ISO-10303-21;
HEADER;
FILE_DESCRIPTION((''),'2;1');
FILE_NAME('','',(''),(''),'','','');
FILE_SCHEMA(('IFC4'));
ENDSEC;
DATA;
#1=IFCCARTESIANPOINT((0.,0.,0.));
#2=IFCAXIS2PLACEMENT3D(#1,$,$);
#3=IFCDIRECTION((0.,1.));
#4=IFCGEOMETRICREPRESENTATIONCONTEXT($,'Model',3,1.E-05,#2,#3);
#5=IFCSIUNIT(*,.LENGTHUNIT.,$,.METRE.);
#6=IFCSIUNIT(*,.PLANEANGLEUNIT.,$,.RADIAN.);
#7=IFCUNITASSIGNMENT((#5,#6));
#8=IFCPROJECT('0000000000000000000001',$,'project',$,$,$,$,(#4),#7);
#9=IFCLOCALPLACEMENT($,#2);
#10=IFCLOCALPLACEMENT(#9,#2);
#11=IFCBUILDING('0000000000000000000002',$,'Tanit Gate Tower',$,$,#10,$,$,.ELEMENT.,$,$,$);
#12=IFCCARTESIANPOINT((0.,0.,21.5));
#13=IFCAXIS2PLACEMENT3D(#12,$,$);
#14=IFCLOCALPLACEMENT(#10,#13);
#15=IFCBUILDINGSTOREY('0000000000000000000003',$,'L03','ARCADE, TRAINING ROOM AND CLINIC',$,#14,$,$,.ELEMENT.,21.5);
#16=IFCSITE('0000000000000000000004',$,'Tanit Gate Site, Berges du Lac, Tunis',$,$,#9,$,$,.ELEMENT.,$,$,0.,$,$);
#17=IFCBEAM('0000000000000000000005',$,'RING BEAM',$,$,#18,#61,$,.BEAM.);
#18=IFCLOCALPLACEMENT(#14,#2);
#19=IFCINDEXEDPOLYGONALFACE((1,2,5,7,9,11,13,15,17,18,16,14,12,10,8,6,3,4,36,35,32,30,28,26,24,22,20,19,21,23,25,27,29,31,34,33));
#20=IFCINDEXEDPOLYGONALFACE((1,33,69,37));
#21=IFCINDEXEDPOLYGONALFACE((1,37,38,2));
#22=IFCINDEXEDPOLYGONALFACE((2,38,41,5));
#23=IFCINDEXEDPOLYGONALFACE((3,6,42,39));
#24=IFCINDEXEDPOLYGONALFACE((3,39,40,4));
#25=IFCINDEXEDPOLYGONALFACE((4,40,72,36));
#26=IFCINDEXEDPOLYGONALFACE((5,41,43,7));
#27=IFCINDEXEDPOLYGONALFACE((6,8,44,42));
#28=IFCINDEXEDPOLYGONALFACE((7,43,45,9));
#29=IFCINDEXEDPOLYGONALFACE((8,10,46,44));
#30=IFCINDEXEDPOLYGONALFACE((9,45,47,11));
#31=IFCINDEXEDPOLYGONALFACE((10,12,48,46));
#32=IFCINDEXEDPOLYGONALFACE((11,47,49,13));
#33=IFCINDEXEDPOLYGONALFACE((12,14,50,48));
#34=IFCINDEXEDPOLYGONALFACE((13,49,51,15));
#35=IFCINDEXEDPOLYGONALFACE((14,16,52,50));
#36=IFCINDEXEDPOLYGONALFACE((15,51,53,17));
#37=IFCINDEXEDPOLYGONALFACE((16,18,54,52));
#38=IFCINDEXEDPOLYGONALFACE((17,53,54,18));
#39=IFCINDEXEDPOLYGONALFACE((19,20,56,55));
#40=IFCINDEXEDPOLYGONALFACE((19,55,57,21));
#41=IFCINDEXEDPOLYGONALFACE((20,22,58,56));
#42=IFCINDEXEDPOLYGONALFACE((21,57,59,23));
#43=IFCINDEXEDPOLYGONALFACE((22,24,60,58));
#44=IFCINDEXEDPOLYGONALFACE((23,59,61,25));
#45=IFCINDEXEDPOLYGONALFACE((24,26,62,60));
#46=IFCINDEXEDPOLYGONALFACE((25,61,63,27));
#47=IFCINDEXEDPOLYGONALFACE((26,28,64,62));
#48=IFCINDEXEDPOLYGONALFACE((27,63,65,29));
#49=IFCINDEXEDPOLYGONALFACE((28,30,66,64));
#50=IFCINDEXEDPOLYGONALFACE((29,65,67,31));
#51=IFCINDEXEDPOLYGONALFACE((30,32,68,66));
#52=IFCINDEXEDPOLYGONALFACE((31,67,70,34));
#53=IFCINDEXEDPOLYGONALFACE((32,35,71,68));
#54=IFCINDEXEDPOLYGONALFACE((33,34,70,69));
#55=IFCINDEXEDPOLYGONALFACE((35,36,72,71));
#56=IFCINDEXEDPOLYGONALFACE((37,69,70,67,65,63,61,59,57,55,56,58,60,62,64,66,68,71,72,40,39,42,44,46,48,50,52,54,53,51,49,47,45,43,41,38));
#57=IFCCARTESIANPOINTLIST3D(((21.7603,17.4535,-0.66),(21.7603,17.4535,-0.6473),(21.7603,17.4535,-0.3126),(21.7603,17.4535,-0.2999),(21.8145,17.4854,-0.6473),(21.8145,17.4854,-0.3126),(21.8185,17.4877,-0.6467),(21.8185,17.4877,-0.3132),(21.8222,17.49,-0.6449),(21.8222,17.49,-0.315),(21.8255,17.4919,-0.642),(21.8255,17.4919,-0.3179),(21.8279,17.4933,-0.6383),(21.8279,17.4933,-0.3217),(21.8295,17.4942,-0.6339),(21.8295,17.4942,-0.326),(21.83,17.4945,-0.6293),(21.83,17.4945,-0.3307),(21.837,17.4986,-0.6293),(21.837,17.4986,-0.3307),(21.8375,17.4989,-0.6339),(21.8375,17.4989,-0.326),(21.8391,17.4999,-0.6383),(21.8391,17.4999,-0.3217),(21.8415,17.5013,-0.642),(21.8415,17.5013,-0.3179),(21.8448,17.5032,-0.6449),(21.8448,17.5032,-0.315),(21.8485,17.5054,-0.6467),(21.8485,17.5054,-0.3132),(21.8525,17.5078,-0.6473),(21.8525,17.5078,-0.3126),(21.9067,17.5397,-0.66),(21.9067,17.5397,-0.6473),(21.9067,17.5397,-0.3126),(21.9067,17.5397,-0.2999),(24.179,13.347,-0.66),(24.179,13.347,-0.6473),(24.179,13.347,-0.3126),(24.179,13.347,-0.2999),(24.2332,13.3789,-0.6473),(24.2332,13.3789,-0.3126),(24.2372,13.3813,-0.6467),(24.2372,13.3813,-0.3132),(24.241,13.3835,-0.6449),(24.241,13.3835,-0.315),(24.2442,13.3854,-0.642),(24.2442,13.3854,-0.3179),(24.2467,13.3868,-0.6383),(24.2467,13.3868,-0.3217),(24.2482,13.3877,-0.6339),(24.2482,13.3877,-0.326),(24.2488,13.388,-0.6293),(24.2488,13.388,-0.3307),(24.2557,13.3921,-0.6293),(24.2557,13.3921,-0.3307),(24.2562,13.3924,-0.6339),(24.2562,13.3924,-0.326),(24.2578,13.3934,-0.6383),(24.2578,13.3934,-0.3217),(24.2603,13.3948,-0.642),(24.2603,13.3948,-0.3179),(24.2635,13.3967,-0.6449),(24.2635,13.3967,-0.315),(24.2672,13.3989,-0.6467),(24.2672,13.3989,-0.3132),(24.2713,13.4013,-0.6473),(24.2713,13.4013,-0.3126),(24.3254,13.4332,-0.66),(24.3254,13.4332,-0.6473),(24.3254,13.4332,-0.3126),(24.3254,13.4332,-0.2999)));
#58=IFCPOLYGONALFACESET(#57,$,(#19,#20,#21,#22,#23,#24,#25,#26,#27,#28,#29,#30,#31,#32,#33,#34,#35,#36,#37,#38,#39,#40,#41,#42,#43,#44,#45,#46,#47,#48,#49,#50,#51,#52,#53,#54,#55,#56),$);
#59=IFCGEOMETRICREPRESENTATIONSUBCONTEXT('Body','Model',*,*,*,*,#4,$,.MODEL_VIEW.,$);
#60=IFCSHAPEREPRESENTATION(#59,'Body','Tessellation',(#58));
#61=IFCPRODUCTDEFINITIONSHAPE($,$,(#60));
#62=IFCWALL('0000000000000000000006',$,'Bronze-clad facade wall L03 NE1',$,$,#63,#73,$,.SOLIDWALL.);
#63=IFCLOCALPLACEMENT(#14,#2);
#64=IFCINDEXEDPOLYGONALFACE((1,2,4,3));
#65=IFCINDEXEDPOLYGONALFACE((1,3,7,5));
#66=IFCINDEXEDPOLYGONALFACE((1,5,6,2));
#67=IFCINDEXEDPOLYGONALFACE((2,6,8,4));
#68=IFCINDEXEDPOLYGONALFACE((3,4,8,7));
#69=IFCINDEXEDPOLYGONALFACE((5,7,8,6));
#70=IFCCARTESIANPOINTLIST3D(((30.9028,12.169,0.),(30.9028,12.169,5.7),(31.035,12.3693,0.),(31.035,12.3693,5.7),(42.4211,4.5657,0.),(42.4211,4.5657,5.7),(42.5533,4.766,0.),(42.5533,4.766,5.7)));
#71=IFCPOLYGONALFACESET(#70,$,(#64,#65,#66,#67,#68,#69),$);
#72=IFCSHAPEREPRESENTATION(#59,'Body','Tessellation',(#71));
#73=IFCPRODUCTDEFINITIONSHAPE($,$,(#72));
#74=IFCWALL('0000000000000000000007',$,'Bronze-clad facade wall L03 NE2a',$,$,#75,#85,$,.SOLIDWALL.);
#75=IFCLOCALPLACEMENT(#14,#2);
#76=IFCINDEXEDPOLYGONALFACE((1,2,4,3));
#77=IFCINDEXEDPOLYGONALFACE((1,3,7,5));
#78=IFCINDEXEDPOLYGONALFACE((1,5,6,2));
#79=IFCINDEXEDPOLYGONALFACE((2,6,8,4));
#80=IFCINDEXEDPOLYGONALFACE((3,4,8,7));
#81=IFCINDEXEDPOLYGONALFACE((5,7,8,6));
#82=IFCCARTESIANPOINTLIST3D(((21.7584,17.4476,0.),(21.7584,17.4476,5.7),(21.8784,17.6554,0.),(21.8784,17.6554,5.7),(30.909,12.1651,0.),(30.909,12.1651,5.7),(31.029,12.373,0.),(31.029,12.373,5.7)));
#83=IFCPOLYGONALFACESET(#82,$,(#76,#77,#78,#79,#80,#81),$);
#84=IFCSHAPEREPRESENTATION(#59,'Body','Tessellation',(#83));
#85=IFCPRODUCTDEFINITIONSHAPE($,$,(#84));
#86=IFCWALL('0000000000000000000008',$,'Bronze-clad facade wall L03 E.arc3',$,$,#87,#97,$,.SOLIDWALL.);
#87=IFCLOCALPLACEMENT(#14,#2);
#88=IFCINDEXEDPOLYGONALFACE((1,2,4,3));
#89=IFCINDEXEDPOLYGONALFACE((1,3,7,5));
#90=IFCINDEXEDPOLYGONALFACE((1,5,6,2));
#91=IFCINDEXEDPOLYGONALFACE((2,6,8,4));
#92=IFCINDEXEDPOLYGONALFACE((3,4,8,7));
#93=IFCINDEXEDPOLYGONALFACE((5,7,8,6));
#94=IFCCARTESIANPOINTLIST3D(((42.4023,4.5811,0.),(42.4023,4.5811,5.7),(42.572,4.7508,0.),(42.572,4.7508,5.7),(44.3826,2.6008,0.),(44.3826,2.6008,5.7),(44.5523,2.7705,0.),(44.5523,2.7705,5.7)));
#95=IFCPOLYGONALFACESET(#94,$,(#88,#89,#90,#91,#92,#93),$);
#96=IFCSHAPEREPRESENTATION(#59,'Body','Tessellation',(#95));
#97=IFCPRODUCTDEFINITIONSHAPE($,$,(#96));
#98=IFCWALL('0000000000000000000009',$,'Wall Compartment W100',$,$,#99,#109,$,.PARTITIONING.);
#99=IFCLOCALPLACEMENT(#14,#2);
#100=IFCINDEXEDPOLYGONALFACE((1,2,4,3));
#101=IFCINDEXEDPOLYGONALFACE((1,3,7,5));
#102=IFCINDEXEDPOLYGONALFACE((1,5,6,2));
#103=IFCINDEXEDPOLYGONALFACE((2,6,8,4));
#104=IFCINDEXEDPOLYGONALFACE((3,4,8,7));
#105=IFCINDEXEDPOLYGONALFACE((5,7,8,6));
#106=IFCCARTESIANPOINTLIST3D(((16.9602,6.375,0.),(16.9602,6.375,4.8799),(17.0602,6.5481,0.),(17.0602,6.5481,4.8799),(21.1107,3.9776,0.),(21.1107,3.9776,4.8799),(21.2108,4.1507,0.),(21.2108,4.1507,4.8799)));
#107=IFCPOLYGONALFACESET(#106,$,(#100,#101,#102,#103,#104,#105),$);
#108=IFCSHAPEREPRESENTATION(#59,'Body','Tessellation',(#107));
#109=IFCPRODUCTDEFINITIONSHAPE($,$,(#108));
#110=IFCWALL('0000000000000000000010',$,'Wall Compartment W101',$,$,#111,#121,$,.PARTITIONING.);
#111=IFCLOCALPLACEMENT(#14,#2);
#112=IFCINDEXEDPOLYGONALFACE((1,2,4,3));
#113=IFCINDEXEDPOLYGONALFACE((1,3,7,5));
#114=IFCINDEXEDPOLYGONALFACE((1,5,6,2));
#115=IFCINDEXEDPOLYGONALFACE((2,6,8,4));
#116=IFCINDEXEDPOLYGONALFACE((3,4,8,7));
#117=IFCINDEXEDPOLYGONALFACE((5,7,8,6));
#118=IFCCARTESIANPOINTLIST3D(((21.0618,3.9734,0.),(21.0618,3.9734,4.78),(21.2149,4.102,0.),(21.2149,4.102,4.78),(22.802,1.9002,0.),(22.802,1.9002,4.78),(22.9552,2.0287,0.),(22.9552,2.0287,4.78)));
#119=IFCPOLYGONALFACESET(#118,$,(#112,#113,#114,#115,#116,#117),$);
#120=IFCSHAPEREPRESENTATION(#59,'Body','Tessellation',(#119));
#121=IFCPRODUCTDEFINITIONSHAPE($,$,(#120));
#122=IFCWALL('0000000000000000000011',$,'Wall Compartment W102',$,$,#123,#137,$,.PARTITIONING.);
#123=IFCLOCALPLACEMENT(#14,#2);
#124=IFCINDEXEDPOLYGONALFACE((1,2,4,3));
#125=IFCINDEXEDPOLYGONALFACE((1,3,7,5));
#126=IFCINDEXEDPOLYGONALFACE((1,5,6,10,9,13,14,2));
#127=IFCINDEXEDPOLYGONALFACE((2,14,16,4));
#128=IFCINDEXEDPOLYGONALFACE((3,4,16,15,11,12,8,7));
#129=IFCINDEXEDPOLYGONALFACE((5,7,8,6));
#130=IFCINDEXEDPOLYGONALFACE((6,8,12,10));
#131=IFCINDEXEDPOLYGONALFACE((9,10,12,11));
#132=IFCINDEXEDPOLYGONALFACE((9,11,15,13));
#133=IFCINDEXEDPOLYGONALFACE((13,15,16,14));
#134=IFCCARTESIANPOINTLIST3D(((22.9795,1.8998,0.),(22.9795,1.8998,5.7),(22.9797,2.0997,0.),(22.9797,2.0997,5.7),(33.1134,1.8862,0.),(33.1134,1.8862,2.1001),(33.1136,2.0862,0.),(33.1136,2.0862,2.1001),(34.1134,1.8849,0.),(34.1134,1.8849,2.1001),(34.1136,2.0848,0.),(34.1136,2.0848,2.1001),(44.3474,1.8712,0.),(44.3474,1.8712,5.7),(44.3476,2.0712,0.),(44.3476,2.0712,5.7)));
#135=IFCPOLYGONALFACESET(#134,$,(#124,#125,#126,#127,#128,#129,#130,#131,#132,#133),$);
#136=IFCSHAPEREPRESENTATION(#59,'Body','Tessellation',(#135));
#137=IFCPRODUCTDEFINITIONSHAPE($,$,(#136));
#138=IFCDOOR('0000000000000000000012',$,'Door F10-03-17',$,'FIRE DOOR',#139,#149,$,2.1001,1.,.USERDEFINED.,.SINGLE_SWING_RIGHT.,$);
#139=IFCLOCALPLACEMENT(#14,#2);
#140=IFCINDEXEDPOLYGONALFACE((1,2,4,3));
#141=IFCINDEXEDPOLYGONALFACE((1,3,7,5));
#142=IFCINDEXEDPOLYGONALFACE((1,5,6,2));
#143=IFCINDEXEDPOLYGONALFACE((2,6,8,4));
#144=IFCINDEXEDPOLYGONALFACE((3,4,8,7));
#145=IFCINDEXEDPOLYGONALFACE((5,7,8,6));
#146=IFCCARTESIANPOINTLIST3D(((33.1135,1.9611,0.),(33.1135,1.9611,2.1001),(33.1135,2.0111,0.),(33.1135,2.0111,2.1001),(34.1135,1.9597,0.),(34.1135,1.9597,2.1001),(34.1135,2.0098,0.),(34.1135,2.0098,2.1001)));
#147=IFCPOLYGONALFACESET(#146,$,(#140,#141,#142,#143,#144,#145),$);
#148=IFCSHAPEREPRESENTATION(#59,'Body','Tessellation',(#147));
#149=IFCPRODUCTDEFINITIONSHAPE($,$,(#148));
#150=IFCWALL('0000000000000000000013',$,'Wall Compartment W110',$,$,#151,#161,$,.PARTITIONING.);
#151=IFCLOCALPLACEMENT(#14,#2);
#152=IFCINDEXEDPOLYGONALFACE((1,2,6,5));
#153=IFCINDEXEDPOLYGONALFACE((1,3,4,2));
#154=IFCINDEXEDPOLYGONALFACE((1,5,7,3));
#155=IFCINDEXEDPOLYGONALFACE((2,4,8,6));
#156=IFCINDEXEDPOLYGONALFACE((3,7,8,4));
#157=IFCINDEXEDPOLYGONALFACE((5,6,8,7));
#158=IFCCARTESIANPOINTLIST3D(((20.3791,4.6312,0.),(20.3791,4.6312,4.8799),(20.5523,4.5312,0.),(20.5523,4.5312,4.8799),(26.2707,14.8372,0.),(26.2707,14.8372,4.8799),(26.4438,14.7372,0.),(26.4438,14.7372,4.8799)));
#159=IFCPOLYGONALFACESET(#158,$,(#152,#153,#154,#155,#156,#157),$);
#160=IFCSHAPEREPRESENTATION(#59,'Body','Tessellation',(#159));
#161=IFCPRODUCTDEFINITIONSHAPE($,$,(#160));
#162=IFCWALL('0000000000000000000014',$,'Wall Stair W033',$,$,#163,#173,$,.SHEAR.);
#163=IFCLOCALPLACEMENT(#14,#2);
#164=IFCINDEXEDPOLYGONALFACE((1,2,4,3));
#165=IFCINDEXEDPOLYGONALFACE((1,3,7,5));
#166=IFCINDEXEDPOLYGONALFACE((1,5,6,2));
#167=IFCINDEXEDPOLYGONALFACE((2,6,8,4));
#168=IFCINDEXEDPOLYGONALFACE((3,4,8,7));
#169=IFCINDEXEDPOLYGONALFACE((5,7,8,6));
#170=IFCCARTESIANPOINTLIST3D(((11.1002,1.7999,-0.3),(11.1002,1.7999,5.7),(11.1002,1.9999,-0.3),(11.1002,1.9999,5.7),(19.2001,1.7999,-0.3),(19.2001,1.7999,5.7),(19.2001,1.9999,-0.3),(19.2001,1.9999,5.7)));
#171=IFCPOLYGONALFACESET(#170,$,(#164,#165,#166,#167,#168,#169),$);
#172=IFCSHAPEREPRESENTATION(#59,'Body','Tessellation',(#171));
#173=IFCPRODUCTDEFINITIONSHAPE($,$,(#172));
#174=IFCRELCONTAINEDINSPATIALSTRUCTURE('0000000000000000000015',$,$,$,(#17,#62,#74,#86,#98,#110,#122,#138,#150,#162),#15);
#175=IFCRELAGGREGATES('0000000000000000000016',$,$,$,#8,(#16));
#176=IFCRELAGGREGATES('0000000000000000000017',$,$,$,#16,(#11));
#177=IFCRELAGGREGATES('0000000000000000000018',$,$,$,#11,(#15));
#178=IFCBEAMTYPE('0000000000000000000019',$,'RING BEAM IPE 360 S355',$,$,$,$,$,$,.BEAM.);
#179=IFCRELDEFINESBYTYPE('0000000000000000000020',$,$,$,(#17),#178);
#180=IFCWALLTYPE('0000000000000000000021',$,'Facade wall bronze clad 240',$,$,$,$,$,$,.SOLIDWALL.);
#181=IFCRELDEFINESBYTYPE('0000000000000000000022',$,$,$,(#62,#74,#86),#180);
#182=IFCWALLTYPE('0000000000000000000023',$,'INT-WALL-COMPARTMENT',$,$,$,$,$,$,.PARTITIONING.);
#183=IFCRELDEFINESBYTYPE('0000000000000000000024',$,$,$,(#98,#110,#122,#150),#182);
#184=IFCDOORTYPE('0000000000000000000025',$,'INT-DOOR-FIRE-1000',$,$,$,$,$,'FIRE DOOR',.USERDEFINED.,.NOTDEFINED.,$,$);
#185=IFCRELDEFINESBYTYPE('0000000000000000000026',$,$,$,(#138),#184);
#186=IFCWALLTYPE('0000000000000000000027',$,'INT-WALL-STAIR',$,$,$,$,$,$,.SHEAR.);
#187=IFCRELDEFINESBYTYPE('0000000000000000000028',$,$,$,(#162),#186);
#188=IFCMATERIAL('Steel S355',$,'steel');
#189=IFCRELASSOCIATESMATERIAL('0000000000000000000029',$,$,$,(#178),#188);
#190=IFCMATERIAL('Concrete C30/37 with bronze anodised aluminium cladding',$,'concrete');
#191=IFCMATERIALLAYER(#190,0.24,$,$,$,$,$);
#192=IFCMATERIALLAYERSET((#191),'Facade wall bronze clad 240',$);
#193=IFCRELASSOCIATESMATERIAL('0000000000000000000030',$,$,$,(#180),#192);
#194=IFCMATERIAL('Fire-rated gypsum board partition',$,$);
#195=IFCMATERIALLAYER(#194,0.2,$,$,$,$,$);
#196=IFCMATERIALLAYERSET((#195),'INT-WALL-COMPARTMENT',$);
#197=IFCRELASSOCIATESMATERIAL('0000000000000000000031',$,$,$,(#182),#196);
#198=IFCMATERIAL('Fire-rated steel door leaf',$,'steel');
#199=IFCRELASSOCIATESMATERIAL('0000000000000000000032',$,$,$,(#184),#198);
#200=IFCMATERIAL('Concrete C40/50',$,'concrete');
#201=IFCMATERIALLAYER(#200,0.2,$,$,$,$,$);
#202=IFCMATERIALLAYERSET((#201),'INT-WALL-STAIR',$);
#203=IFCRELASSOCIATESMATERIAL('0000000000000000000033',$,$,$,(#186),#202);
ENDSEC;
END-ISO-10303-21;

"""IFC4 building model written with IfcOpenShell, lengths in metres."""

from ifc_helpers import new_model, si_unit, direction, frame, frame_2d, origin, origin_2d, place, context, subcontext, project, spatial, rectangle, i_section, extrude, material, layer, layer_set, material_profile, profile_set, type_object, element, fill, save


model = new_model("IFC4")

# Units and contexts
model_context = context("Model", 3, precision=1e-05, world=origin(), true_north=direction((0.0, 1.0)))
body_context = subcontext(model_context, "Body", "Model", "MODEL_VIEW")
ifc_project = project(units=[si_unit("LENGTHUNIT", "METRE"), si_unit("PLANEANGLEUNIT", "RADIAN")], contexts=[model_context])

# Site, building, storey
site_placement = place(None, origin())
site = spatial("IfcSite", under=ifc_project, at=site_placement, Name="Tanit Gate Site, Berges du Lac, Tunis", CompositionType="ELEMENT", RefElevation=0.0)
building_placement = place(site_placement, origin())
building = spatial("IfcBuilding", under=site, at=building_placement, Name="Tanit Gate Tower", CompositionType="ELEMENT")
storey_placement = place(building_placement, frame((0.0, 0.0, 21.5)))
storey = spatial("IfcBuildingStorey", under=building, at=storey_placement, Name="L03", Description="ARCADE, TRAINING ROOM AND CLINIC", CompositionType="ELEMENT", Elevation=21.5)

# Beam
ifc_material_1 = material(Name="Steel S355", Category="steel")
ifc_material_profile_1 = material_profile(ifc_material_1, i_section(OverallWidth=0.1699, OverallDepth=0.3601, WebThickness=0.0081, FlangeThickness=0.0127, FilletRadius=0.0181, at=origin_2d()), Name="IPE 360")
ifc_profile_set_1 = profile_set([ifc_material_profile_1], Name="Steel S355")
beam_type_1 = type_object("IfcBeamType", Name="RING BEAM IPE 360 S355", PredefinedType="BEAM", material=ifc_profile_set_1)
beam_1_placement = place(storey_placement, frame((21.8335, 17.4966, -0.48), z_axis=(0.50751, -0.861646, 0.0), x_axis=(0.861646, 0.50751, 0.0)))
element("IfcBeam", 1, at=beam_1_placement, inside=storey, type_object=beam_type_1, Name="RING BEAM", PredefinedType="BEAM", context=body_context, shape_type="SweptSolid", body=[
    extrude(i_section(OverallWidth=0.1699, OverallDepth=0.3601, WebThickness=0.0081, FlangeThickness=0.0127, FilletRadius=0.0181, at=origin_2d()), origin(), (0.0, 0.0, 1.0), 4.7659),
])

# Walls
ifc_material_2 = material(Name="Concrete C30/37 with bronze anodised aluminium cladding", Category="concrete")
ifc_layer_1 = layer(ifc_material_2, 0.24)
ifc_layer_set_1 = layer_set([ifc_layer_1], Name="Facade wall bronze clad 240")
wall_type_1 = type_object("IfcWallType", Name="Facade wall bronze clad 240", PredefinedType="SOLIDWALL", material=ifc_layer_set_1)
wall_1_placement = place(storey_placement, frame((42.4873, 4.6658, 0.0), z_axis=(0.0, 0.0, 1.0), x_axis=(-0.83457, 0.550902, 0.0)))
element("IfcWall", 2, at=wall_1_placement, inside=storey, type_object=wall_type_1, Name="Bronze-clad facade wall L03 NE1", PredefinedType="SOLIDWALL", context=body_context, shape_type="SweptSolid", body=[
    extrude(rectangle(XDim=13.8015, YDim=0.24, at=frame_2d((6.9009, 0.0))), origin(), (0.0, 0.0, 1.0), 5.7),
])
wall_2_placement = place(storey_placement, frame((30.969, 12.269, 0.0), z_axis=(0.0, 0.0, 1.0), x_axis=(-0.866052, 0.499954, 0.0)))
element("IfcWall", 3, at=wall_2_placement, inside=storey, type_object=wall_type_1, Name="Bronze-clad facade wall L03 NE2a", PredefinedType="SOLIDWALL", context=body_context, shape_type="SweptSolid", body=[
    extrude(rectangle(XDim=10.5659, YDim=0.24, at=frame_2d((5.283, 0.0))), origin(), (0.0, 0.0, 1.0), 5.7),
])
wall_3_placement = place(storey_placement, frame((44.4675, 2.6855, 0.0), z_axis=(0.0, 0.0, 1.0), x_axis=(-0.707107, 0.707107, 0.0)))
element("IfcWall", 4, at=wall_3_placement, inside=storey, type_object=wall_type_1, Name="Bronze-clad facade wall L03 E.arc3", PredefinedType="SOLIDWALL", context=body_context, shape_type="SweptSolid", body=[
    extrude(rectangle(XDim=2.8005, YDim=0.24, at=frame_2d((1.4004, 0.0))), origin(), (0.0, 0.0, 1.0), 5.7),
])
ifc_material_3 = material(Name="Fire-rated gypsum board partition")
ifc_layer_2 = layer(ifc_material_3, 0.2)
ifc_layer_set_2 = layer_set([ifc_layer_2], Name="INT-WALL-COMPARTMENT")
wall_type_2 = type_object("IfcWallType", Name="INT-WALL-COMPARTMENT", PredefinedType="PARTITIONING", material=ifc_layer_set_2)
wall_4_placement = place(storey_placement, frame((21.1606, 4.0642, 0.0), z_axis=(0.0, 0.0, 1.0), x_axis=(-0.865927, 0.500171, 0.0)))
element("IfcWall", 5, at=wall_4_placement, inside=storey, type_object=wall_type_2, Name="Wall Compartment W100", PredefinedType="PARTITIONING", context=body_context, shape_type="SweptSolid", body=[
    extrude(rectangle(XDim=4.7932, YDim=0.2, at=frame_2d((2.3965, 0.0))), origin(), (0.0, 0.0, 1.0), 4.8799),
])
wall_5_placement = place(storey_placement, frame((22.8787, 1.9644, 0.0), z_axis=(0.0, 0.0, 1.0), x_axis=(-0.642913, 0.765939, 0.0)))
element("IfcWall", 6, at=wall_5_placement, inside=storey, type_object=wall_type_2, Name="Wall Compartment W101", PredefinedType="PARTITIONING", context=body_context, shape_type="SweptSolid", body=[
    extrude(rectangle(XDim=2.7068, YDim=0.2, at=frame_2d((1.3535, 0.0))), origin(), (0.0, 0.0, 1.0), 4.78),
])

# Wall, opening, door
wall_6_placement = place(storey_placement, frame((22.9795, 1.9998, 0.0), z_axis=(0.0, 0.0, 1.0), x_axis=(0.999999, -0.001337, 0.0)))
wall_6 = element("IfcWall", 7, at=wall_6_placement, inside=storey, type_object=wall_type_2, Name="Wall Compartment W102", PredefinedType="PARTITIONING", context=body_context, shape_type="SweptSolid", body=[
    extrude(rectangle(XDim=21.3679, YDim=0.2, at=frame_2d((10.6841, 0.0))), origin(), (0.0, 0.0, 1.0), 5.7),
])
opening_1_placement = place(wall_6_placement, frame((10.134, 0.0, 0.0)))
opening_1 = element("IfcOpeningElement", 8, at=opening_1_placement, cuts=wall_6, PredefinedType="OPENING", context=body_context, shape_type="SweptSolid", body=[
    extrude(rectangle(XDim=1.0, YDim=2.1001, at=frame_2d((0.5, 1.05))), frame((0.0, 0.1099, 0.0), z_axis=(0.0, -1.0, 0.0), x_axis=(1.0, 0.0, 0.0)), (0.0, 0.0, 1.0), 0.22),
])
ifc_material_4 = material(Name="Fire-rated steel door leaf", Category="steel")
door_type_1 = type_object("IfcDoorType", Name="INT-DOOR-FIRE-1000", ElementType="FIRE DOOR", OperationType="NOTDEFINED", PredefinedType="USERDEFINED", material=ifc_material_4)
door_1_placement = place(opening_1_placement, origin())
door_1 = element("IfcDoor", 9, at=door_1_placement, inside=storey, type_object=door_type_1, Name="Door F10-03-17", ObjectType="FIRE DOOR", OperationType="SINGLE_SWING_RIGHT", OverallHeight=2.1001, OverallWidth=1.0, PredefinedType="USERDEFINED", context=body_context, shape_type="SweptSolid", body=[
    extrude(rectangle(XDim=1.0, YDim=2.1001, at=frame_2d((0.5, 1.05))), frame((0.0, 0.0249, 0.0), z_axis=(0.0, -1.0, 0.0), x_axis=(1.0, 0.0, 0.0)), (0.0, 0.0, 1.0), 0.05),
])
fill(opening_1, door_1)

# Walls
wall_7_placement = place(storey_placement, frame((26.3572, 14.7871, 0.0), z_axis=(0.0, 0.0, 1.0), x_axis=(-0.499945, -0.866057, 0.0)))
element("IfcWall", 10, at=wall_7_placement, inside=storey, type_object=wall_type_2, Name="Wall Compartment W110", PredefinedType="PARTITIONING", context=body_context, shape_type="SweptSolid", body=[
    extrude(rectangle(XDim=11.7844, YDim=0.2, at=frame_2d((5.8921, 0.0))), origin(), (0.0, 0.0, 1.0), 4.8799),
])
ifc_material_5 = material(Name="Concrete C40/50", Category="concrete")
ifc_layer_3 = layer(ifc_material_5, 0.2)
ifc_layer_set_3 = layer_set([ifc_layer_3], Name="INT-WALL-STAIR")
wall_type_3 = type_object("IfcWallType", Name="INT-WALL-STAIR", PredefinedType="SHEAR", material=ifc_layer_set_3)
wall_8_placement = place(storey_placement, frame((19.2, 1.8999, -0.3), z_axis=(0.0, 0.0, 1.0), x_axis=(-1.0, 0.0, 0.0)))
element("IfcWall", 11, at=wall_8_placement, inside=storey, type_object=wall_type_3, Name="Wall Stair W033", PredefinedType="SHEAR", context=body_context, shape_type="SweptSolid", body=[
    extrude(rectangle(XDim=8.0999, YDim=0.2, at=frame_2d((4.0498, 0.0))), origin(), (0.0, 0.0, 1.0), 6.0),
])

save(model, "model.ifc")
